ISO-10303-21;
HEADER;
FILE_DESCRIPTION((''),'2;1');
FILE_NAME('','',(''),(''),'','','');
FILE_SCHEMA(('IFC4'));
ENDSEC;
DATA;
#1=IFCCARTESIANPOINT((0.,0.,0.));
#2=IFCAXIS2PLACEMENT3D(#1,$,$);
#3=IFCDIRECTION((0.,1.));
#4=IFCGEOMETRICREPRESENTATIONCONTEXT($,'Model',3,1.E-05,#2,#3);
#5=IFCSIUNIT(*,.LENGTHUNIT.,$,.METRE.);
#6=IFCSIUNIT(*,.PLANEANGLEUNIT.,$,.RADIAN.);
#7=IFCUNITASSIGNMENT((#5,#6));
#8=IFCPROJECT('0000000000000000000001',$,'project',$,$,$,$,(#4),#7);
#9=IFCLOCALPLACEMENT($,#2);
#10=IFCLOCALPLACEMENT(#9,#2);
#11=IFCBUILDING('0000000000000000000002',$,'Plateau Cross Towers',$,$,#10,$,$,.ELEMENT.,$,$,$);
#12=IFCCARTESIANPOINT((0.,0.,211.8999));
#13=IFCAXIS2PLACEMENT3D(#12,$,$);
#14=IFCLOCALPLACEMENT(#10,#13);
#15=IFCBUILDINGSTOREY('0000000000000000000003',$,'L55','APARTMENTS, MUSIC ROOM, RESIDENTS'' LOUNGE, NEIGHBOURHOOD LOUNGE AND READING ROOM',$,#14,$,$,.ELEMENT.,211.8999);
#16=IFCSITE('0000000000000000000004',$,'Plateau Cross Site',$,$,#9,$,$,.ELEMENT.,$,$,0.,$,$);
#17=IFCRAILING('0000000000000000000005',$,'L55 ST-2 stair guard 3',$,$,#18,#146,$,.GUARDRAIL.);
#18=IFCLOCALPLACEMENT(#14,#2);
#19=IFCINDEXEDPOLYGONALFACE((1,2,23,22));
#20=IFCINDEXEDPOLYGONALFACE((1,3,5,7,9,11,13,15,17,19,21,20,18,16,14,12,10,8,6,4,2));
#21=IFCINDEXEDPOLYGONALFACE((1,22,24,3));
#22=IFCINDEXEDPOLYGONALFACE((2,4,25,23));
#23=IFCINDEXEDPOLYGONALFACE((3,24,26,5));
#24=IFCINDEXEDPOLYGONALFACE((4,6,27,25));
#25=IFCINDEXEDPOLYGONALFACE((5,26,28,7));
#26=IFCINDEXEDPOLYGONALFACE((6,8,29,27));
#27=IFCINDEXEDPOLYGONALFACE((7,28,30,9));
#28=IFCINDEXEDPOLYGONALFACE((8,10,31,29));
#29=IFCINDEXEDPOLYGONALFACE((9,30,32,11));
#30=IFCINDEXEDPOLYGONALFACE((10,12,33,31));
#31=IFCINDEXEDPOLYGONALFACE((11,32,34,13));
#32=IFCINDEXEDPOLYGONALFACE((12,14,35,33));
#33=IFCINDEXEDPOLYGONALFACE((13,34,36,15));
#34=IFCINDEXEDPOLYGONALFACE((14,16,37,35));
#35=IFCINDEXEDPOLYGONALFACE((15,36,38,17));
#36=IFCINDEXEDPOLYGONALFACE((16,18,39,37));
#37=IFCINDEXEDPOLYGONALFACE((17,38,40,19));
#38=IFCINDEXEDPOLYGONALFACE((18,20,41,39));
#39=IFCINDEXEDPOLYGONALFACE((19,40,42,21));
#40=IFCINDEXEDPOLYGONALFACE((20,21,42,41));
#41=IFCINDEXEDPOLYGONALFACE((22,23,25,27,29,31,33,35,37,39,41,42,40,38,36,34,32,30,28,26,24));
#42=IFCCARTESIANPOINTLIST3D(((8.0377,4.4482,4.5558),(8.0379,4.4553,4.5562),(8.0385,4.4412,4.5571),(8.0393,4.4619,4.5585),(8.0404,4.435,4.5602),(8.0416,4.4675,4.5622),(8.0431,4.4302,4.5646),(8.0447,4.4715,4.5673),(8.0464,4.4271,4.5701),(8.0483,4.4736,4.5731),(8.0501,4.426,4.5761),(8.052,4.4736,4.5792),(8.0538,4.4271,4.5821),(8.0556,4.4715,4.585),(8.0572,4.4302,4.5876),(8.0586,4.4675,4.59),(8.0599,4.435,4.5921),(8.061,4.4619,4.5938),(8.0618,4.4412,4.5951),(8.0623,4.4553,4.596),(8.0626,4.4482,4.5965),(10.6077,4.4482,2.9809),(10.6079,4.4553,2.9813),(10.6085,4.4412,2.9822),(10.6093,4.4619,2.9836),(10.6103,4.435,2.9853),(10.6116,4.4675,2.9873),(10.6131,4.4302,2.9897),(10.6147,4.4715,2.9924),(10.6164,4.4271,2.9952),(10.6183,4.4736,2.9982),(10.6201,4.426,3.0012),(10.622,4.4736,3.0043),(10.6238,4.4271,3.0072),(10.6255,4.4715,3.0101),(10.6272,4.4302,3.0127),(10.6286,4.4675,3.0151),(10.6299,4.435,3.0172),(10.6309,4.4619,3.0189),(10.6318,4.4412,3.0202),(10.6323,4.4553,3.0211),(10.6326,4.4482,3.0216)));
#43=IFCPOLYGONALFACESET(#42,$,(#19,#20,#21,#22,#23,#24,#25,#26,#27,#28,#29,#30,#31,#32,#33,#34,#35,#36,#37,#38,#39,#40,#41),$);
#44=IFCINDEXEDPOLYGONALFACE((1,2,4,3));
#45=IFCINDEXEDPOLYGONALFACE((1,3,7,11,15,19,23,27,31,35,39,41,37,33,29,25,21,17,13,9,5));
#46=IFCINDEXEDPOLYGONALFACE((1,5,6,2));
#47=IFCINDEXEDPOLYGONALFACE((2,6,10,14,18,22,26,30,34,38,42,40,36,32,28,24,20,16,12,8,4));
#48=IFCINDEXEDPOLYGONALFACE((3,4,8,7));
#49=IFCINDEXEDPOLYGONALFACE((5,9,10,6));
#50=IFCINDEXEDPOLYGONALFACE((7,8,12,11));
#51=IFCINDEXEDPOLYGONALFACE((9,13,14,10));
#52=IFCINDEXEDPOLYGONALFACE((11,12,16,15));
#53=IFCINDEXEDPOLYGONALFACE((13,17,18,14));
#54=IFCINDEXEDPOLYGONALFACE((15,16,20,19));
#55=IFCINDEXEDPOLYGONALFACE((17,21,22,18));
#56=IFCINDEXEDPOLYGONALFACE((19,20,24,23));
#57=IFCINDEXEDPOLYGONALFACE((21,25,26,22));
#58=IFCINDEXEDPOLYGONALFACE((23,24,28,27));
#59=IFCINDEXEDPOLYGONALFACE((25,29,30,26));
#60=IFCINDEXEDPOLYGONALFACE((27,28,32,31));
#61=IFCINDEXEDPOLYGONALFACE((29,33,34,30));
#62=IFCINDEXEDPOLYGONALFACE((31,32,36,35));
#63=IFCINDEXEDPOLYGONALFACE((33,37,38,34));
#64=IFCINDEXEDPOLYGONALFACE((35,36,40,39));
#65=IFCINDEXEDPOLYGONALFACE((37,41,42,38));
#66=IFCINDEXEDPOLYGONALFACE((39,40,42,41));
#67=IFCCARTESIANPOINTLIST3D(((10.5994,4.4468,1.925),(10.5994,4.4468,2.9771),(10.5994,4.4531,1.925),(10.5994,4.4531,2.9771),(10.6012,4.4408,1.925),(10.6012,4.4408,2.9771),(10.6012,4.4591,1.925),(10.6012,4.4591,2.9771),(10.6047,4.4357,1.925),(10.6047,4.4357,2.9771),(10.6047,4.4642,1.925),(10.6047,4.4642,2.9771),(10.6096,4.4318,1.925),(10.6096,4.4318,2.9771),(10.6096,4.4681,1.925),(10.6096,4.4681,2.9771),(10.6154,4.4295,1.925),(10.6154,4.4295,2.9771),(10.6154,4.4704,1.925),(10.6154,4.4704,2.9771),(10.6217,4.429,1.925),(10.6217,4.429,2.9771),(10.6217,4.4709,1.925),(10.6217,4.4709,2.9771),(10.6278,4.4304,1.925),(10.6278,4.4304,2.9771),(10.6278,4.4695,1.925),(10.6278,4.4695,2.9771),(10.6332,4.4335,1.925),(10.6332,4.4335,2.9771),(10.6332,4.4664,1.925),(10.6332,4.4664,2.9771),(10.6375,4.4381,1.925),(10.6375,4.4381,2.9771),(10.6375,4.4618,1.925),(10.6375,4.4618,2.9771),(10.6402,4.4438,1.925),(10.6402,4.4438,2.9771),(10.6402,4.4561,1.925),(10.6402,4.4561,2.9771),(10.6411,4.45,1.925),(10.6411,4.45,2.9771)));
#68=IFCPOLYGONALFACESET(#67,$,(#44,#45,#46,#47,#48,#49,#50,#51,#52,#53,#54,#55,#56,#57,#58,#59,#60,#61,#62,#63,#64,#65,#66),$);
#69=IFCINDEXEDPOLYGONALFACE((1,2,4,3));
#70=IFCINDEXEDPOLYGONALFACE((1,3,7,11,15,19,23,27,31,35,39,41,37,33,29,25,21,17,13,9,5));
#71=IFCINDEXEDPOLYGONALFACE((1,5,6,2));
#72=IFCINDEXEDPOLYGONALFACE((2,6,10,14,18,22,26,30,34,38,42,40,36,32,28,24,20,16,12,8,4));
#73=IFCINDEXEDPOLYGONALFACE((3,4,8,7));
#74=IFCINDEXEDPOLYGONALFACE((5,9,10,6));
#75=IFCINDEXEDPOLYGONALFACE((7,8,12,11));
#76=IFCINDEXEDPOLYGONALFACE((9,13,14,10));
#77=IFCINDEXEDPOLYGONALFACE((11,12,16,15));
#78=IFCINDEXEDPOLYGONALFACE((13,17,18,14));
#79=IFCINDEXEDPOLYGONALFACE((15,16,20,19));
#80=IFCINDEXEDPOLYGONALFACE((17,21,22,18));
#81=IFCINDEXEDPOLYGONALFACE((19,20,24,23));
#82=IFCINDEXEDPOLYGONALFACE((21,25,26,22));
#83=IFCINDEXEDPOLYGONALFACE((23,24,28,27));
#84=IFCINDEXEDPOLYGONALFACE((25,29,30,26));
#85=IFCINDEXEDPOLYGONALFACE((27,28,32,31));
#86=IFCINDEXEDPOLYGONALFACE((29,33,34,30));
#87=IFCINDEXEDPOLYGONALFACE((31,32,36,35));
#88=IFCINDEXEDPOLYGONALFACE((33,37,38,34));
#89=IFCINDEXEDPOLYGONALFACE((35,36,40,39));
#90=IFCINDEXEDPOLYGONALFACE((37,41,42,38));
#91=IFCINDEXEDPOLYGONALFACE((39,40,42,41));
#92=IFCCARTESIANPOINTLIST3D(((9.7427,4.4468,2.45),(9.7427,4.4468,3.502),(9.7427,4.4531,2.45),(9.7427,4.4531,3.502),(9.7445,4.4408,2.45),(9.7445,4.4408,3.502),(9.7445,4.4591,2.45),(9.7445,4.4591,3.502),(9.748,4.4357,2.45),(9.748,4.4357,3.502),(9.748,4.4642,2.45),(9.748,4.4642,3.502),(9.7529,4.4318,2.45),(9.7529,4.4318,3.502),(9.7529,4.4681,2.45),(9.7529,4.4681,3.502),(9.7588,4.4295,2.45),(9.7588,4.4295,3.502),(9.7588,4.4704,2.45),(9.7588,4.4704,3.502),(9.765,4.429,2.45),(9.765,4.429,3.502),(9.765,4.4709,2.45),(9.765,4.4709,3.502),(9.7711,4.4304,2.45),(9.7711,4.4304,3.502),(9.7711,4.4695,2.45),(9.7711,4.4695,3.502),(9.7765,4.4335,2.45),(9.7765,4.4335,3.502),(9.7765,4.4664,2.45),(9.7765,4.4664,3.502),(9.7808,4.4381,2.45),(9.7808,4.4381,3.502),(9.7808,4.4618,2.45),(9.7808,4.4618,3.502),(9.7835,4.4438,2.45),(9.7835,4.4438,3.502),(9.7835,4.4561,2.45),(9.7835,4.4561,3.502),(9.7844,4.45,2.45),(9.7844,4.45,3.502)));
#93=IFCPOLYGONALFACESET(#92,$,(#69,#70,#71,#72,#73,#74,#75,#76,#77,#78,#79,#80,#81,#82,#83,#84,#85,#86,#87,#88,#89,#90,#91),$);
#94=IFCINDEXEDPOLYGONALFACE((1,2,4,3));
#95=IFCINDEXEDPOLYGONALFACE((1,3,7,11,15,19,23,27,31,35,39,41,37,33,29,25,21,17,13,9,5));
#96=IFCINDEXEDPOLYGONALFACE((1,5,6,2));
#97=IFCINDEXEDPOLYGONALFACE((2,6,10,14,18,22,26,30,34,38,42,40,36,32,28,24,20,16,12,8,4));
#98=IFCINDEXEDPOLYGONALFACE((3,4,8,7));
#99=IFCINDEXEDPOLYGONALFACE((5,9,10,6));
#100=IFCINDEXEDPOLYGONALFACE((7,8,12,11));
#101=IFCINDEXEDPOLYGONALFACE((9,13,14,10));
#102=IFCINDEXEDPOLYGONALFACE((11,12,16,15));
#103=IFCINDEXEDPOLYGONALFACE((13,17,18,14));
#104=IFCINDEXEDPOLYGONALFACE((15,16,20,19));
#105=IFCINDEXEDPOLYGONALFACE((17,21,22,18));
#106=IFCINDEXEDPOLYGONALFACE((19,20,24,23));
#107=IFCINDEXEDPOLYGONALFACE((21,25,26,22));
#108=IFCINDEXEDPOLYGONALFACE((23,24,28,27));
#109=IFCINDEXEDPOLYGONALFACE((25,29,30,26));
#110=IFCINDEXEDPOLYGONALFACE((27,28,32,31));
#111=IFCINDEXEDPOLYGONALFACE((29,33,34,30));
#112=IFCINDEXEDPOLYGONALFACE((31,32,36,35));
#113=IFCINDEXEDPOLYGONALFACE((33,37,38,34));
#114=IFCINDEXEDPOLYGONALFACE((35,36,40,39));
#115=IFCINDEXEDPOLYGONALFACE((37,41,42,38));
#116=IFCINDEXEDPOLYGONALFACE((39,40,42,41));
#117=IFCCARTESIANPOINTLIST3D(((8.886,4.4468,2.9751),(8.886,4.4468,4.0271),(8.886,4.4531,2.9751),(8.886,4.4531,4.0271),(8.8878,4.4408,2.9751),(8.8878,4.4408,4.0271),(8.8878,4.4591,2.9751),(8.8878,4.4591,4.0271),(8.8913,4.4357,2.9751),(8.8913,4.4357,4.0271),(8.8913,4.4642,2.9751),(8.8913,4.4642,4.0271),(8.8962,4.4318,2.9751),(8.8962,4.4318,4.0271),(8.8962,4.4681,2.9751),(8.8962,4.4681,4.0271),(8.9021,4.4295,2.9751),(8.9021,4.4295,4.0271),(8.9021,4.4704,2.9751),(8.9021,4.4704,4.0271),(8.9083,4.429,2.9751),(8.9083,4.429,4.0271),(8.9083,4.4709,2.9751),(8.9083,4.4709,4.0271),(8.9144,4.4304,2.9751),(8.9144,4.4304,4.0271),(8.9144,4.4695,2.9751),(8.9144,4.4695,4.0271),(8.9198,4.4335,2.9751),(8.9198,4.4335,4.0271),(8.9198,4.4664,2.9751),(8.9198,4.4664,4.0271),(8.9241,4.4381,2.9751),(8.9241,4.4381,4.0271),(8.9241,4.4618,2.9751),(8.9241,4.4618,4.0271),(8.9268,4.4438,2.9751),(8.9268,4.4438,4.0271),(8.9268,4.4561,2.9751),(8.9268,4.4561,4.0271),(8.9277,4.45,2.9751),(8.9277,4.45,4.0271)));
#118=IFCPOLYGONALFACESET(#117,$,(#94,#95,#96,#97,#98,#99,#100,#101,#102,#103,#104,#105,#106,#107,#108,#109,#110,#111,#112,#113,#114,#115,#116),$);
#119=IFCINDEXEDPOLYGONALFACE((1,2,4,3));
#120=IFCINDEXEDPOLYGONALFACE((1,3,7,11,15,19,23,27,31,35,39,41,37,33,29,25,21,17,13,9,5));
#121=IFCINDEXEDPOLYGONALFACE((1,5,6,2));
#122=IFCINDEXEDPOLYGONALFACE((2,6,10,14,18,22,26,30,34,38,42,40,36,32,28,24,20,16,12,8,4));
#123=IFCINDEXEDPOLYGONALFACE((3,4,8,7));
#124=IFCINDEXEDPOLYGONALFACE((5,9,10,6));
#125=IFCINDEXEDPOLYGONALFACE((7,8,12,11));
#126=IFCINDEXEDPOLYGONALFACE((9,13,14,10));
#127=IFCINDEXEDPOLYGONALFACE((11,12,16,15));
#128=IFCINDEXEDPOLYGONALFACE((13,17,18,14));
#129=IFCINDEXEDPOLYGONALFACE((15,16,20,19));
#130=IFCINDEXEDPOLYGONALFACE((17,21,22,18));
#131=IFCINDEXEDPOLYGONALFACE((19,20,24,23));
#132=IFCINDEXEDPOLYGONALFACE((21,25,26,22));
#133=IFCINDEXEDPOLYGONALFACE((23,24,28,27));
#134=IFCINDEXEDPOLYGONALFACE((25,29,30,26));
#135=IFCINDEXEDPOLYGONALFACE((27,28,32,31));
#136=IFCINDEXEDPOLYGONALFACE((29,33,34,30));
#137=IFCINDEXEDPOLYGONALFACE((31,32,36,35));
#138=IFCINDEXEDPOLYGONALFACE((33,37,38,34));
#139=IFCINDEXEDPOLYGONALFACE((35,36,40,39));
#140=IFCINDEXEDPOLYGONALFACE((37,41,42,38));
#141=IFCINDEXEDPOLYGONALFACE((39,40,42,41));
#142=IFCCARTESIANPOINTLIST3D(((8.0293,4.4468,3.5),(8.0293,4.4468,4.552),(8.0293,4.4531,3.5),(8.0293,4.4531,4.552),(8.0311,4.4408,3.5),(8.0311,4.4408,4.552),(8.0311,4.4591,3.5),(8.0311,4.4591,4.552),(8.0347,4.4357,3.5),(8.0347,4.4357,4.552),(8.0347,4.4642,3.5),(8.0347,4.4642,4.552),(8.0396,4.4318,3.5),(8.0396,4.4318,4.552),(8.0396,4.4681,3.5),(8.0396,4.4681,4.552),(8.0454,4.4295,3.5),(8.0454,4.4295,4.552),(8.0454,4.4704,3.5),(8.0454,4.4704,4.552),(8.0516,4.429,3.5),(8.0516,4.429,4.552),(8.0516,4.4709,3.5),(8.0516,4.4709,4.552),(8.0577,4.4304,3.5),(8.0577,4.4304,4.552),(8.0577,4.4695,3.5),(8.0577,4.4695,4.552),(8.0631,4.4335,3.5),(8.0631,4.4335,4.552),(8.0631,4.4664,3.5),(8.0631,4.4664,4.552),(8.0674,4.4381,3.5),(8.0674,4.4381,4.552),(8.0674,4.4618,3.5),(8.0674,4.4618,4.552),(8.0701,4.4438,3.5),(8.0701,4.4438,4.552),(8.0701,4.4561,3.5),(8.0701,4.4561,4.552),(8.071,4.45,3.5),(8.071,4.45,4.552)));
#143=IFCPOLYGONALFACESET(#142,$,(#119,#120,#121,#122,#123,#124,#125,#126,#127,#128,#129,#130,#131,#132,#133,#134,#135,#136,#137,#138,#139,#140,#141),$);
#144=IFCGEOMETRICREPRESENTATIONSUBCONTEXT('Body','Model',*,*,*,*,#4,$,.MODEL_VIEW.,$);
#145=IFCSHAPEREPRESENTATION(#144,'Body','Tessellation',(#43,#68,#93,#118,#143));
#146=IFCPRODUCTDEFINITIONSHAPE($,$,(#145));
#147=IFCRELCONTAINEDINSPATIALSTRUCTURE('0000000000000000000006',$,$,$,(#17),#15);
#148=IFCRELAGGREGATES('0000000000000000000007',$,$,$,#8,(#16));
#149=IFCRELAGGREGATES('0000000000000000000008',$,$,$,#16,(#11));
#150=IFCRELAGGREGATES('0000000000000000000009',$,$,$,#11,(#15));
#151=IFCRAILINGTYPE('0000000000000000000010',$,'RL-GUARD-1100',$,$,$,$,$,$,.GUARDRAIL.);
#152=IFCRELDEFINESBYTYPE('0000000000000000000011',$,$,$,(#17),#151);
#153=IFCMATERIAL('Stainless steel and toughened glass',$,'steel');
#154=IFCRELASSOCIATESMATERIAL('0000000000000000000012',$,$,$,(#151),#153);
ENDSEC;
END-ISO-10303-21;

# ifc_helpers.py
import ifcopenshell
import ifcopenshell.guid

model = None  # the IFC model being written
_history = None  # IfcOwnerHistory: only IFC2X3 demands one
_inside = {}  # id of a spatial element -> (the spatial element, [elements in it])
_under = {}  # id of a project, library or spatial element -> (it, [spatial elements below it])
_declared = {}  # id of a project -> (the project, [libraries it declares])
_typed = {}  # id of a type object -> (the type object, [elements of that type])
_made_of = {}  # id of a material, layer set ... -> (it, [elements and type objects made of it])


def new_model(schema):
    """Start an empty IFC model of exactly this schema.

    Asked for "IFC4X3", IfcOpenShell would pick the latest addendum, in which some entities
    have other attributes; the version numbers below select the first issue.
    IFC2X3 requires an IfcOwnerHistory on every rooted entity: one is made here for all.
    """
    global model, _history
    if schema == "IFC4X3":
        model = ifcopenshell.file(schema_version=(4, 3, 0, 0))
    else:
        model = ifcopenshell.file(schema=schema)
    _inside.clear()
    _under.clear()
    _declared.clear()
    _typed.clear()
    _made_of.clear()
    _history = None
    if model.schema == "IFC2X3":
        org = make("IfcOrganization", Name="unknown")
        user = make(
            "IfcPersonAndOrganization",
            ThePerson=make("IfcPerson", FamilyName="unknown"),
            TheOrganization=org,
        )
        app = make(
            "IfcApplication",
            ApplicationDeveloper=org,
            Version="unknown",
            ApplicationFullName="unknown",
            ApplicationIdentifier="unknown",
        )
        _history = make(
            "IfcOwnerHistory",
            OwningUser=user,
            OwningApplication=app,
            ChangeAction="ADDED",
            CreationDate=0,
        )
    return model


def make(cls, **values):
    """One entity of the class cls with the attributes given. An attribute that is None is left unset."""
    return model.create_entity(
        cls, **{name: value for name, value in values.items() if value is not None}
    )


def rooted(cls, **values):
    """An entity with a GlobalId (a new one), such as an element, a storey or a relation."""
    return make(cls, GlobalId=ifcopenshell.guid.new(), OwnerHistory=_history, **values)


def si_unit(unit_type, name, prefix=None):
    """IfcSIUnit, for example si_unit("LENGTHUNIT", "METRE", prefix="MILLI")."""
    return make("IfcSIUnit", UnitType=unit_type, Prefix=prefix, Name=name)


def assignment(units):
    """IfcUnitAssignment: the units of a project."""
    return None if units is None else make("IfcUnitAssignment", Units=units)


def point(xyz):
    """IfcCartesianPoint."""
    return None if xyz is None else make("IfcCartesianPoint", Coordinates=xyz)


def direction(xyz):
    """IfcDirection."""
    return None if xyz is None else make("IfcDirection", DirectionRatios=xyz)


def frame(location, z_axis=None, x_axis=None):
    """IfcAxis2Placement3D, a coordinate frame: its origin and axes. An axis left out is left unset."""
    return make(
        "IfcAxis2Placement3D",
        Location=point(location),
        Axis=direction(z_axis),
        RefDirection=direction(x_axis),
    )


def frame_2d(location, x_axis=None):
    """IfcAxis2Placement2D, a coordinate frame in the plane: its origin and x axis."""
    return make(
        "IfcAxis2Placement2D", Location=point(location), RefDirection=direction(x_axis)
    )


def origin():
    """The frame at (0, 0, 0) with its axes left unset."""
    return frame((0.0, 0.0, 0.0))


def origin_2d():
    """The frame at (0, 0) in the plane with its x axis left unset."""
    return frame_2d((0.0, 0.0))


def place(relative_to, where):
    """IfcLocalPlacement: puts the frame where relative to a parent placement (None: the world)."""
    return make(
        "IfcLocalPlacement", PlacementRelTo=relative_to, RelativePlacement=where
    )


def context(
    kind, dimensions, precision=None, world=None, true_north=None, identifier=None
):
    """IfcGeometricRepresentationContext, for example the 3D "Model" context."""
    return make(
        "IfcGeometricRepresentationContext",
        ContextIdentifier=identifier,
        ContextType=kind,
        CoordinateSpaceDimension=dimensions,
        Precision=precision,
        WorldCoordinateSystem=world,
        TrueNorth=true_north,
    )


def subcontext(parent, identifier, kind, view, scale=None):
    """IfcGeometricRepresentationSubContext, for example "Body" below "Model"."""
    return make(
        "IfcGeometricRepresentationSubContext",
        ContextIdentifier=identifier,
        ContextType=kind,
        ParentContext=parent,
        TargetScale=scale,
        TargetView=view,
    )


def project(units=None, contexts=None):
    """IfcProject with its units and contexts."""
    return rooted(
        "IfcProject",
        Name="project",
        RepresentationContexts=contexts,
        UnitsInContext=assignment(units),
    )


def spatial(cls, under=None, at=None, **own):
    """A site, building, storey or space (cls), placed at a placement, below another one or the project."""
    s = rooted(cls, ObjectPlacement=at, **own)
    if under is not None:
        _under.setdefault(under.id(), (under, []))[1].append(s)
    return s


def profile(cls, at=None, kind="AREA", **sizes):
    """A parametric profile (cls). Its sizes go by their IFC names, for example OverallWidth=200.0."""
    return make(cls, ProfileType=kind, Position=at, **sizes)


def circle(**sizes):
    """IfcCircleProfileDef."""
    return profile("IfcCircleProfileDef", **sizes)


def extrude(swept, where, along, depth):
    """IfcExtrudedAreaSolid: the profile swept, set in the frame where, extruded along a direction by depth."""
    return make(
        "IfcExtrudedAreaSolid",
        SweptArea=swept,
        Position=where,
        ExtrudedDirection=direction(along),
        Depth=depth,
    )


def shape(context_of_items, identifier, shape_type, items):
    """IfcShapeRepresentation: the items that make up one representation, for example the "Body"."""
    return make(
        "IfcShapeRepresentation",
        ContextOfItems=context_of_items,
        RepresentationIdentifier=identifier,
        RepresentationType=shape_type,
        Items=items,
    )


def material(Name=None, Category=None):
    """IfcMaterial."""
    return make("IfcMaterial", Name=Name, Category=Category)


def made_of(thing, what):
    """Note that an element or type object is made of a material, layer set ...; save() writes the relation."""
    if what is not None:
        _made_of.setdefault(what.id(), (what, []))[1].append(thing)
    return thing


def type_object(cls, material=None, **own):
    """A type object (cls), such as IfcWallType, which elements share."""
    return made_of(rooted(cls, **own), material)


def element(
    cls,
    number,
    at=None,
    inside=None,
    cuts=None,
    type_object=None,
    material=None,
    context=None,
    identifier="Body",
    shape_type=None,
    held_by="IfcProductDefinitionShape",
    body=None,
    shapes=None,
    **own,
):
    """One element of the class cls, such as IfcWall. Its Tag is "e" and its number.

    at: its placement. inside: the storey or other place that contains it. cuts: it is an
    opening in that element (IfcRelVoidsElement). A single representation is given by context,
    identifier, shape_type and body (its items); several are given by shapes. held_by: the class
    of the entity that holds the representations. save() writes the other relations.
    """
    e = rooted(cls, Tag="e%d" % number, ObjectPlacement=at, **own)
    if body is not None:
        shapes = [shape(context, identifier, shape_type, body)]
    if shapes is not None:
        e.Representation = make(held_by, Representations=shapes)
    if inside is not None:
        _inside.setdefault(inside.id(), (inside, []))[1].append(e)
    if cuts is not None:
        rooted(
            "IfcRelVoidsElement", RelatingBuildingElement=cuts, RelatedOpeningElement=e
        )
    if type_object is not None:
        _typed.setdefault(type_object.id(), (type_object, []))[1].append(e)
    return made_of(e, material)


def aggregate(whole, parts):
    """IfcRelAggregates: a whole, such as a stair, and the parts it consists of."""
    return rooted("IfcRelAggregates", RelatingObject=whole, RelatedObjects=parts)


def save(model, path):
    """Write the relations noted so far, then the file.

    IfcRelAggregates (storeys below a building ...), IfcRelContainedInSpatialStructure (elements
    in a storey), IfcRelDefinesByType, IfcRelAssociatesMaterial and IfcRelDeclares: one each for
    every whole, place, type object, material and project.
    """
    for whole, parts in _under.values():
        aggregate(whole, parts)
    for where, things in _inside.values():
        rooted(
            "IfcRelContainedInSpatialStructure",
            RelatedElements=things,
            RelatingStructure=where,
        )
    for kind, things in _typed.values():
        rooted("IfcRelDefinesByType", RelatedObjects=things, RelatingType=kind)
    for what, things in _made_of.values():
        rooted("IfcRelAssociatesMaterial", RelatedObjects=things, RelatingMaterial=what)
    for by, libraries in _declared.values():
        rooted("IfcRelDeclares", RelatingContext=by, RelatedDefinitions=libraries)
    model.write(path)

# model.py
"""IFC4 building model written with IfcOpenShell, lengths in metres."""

from ifc_helpers import new_model, si_unit, direction, frame, origin, origin_2d, place, context, subcontext, project, spatial, circle, extrude, material, type_object, element, save


model = new_model("IFC4")

# Units and contexts
model_context = context("Model", 3, precision=1e-05, world=origin(), true_north=direction((0.0, 1.0)))
body_context = subcontext(model_context, "Body", "Model", "MODEL_VIEW")
ifc_project = project(units=[si_unit("LENGTHUNIT", "METRE"), si_unit("PLANEANGLEUNIT", "RADIAN")], contexts=[model_context])

# Site, building, storey
site_placement = place(None, origin())
site = spatial("IfcSite", under=ifc_project, at=site_placement, Name="Plateau Cross Site", CompositionType="ELEMENT", RefElevation=0.0)
building_placement = place(site_placement, origin())
building = spatial("IfcBuilding", under=site, at=building_placement, Name="Plateau Cross Towers", CompositionType="ELEMENT")
storey_placement = place(building_placement, frame((0.0, 0.0, 211.8999)))
storey = spatial("IfcBuildingStorey", under=building, at=storey_placement, Name="L55", Description="APARTMENTS, MUSIC ROOM, RESIDENTS' LOUNGE, NEIGHBOURHOOD LOUNGE AND READING ROOM", CompositionType="ELEMENT", Elevation=211.8999)

# Railing
ifc_material_1 = material(Name="Stainless steel and toughened glass", Category="steel")
railing_type_1 = type_object("IfcRailingType", Name="RL-GUARD-1100", PredefinedType="GUARDRAIL", material=ifc_material_1)
railing_1_placement = place(storey_placement, frame((10.6201, 4.45, 1.925)))
element("IfcRailing", 1, at=railing_1_placement, inside=storey, type_object=railing_type_1, Name="L55 ST-2 stair guard 3", PredefinedType="GUARDRAIL", context=body_context, shape_type="SweptSolid", body=[
    extrude(circle(Radius=0.0239, at=origin_2d()), frame((0.0, 0.0, 1.0762), z_axis=(-0.852639, 0.0, 0.522501), x_axis=(0.0, -1.0, 0.0)), (0.0, 0.0, 1.0), 3.0142),
    extrude(circle(Radius=0.021, at=origin_2d()), origin(), (0.0, 0.0, 1.0), 1.052),
    extrude(circle(Radius=0.021, at=origin_2d()), frame((-0.8567, 0.0, 0.5249)), (0.0, 0.0, 1.0), 1.052),
    extrude(circle(Radius=0.021, at=origin_2d()), frame((-1.7134, 0.0, 1.05)), (0.0, 0.0, 1.0), 1.052),
    extrude(circle(Radius=0.021, at=origin_2d()), frame((-2.5701, 0.0, 1.575)), (0.0, 0.0, 1.0), 1.052),
])

save(model, "model.ifc")
